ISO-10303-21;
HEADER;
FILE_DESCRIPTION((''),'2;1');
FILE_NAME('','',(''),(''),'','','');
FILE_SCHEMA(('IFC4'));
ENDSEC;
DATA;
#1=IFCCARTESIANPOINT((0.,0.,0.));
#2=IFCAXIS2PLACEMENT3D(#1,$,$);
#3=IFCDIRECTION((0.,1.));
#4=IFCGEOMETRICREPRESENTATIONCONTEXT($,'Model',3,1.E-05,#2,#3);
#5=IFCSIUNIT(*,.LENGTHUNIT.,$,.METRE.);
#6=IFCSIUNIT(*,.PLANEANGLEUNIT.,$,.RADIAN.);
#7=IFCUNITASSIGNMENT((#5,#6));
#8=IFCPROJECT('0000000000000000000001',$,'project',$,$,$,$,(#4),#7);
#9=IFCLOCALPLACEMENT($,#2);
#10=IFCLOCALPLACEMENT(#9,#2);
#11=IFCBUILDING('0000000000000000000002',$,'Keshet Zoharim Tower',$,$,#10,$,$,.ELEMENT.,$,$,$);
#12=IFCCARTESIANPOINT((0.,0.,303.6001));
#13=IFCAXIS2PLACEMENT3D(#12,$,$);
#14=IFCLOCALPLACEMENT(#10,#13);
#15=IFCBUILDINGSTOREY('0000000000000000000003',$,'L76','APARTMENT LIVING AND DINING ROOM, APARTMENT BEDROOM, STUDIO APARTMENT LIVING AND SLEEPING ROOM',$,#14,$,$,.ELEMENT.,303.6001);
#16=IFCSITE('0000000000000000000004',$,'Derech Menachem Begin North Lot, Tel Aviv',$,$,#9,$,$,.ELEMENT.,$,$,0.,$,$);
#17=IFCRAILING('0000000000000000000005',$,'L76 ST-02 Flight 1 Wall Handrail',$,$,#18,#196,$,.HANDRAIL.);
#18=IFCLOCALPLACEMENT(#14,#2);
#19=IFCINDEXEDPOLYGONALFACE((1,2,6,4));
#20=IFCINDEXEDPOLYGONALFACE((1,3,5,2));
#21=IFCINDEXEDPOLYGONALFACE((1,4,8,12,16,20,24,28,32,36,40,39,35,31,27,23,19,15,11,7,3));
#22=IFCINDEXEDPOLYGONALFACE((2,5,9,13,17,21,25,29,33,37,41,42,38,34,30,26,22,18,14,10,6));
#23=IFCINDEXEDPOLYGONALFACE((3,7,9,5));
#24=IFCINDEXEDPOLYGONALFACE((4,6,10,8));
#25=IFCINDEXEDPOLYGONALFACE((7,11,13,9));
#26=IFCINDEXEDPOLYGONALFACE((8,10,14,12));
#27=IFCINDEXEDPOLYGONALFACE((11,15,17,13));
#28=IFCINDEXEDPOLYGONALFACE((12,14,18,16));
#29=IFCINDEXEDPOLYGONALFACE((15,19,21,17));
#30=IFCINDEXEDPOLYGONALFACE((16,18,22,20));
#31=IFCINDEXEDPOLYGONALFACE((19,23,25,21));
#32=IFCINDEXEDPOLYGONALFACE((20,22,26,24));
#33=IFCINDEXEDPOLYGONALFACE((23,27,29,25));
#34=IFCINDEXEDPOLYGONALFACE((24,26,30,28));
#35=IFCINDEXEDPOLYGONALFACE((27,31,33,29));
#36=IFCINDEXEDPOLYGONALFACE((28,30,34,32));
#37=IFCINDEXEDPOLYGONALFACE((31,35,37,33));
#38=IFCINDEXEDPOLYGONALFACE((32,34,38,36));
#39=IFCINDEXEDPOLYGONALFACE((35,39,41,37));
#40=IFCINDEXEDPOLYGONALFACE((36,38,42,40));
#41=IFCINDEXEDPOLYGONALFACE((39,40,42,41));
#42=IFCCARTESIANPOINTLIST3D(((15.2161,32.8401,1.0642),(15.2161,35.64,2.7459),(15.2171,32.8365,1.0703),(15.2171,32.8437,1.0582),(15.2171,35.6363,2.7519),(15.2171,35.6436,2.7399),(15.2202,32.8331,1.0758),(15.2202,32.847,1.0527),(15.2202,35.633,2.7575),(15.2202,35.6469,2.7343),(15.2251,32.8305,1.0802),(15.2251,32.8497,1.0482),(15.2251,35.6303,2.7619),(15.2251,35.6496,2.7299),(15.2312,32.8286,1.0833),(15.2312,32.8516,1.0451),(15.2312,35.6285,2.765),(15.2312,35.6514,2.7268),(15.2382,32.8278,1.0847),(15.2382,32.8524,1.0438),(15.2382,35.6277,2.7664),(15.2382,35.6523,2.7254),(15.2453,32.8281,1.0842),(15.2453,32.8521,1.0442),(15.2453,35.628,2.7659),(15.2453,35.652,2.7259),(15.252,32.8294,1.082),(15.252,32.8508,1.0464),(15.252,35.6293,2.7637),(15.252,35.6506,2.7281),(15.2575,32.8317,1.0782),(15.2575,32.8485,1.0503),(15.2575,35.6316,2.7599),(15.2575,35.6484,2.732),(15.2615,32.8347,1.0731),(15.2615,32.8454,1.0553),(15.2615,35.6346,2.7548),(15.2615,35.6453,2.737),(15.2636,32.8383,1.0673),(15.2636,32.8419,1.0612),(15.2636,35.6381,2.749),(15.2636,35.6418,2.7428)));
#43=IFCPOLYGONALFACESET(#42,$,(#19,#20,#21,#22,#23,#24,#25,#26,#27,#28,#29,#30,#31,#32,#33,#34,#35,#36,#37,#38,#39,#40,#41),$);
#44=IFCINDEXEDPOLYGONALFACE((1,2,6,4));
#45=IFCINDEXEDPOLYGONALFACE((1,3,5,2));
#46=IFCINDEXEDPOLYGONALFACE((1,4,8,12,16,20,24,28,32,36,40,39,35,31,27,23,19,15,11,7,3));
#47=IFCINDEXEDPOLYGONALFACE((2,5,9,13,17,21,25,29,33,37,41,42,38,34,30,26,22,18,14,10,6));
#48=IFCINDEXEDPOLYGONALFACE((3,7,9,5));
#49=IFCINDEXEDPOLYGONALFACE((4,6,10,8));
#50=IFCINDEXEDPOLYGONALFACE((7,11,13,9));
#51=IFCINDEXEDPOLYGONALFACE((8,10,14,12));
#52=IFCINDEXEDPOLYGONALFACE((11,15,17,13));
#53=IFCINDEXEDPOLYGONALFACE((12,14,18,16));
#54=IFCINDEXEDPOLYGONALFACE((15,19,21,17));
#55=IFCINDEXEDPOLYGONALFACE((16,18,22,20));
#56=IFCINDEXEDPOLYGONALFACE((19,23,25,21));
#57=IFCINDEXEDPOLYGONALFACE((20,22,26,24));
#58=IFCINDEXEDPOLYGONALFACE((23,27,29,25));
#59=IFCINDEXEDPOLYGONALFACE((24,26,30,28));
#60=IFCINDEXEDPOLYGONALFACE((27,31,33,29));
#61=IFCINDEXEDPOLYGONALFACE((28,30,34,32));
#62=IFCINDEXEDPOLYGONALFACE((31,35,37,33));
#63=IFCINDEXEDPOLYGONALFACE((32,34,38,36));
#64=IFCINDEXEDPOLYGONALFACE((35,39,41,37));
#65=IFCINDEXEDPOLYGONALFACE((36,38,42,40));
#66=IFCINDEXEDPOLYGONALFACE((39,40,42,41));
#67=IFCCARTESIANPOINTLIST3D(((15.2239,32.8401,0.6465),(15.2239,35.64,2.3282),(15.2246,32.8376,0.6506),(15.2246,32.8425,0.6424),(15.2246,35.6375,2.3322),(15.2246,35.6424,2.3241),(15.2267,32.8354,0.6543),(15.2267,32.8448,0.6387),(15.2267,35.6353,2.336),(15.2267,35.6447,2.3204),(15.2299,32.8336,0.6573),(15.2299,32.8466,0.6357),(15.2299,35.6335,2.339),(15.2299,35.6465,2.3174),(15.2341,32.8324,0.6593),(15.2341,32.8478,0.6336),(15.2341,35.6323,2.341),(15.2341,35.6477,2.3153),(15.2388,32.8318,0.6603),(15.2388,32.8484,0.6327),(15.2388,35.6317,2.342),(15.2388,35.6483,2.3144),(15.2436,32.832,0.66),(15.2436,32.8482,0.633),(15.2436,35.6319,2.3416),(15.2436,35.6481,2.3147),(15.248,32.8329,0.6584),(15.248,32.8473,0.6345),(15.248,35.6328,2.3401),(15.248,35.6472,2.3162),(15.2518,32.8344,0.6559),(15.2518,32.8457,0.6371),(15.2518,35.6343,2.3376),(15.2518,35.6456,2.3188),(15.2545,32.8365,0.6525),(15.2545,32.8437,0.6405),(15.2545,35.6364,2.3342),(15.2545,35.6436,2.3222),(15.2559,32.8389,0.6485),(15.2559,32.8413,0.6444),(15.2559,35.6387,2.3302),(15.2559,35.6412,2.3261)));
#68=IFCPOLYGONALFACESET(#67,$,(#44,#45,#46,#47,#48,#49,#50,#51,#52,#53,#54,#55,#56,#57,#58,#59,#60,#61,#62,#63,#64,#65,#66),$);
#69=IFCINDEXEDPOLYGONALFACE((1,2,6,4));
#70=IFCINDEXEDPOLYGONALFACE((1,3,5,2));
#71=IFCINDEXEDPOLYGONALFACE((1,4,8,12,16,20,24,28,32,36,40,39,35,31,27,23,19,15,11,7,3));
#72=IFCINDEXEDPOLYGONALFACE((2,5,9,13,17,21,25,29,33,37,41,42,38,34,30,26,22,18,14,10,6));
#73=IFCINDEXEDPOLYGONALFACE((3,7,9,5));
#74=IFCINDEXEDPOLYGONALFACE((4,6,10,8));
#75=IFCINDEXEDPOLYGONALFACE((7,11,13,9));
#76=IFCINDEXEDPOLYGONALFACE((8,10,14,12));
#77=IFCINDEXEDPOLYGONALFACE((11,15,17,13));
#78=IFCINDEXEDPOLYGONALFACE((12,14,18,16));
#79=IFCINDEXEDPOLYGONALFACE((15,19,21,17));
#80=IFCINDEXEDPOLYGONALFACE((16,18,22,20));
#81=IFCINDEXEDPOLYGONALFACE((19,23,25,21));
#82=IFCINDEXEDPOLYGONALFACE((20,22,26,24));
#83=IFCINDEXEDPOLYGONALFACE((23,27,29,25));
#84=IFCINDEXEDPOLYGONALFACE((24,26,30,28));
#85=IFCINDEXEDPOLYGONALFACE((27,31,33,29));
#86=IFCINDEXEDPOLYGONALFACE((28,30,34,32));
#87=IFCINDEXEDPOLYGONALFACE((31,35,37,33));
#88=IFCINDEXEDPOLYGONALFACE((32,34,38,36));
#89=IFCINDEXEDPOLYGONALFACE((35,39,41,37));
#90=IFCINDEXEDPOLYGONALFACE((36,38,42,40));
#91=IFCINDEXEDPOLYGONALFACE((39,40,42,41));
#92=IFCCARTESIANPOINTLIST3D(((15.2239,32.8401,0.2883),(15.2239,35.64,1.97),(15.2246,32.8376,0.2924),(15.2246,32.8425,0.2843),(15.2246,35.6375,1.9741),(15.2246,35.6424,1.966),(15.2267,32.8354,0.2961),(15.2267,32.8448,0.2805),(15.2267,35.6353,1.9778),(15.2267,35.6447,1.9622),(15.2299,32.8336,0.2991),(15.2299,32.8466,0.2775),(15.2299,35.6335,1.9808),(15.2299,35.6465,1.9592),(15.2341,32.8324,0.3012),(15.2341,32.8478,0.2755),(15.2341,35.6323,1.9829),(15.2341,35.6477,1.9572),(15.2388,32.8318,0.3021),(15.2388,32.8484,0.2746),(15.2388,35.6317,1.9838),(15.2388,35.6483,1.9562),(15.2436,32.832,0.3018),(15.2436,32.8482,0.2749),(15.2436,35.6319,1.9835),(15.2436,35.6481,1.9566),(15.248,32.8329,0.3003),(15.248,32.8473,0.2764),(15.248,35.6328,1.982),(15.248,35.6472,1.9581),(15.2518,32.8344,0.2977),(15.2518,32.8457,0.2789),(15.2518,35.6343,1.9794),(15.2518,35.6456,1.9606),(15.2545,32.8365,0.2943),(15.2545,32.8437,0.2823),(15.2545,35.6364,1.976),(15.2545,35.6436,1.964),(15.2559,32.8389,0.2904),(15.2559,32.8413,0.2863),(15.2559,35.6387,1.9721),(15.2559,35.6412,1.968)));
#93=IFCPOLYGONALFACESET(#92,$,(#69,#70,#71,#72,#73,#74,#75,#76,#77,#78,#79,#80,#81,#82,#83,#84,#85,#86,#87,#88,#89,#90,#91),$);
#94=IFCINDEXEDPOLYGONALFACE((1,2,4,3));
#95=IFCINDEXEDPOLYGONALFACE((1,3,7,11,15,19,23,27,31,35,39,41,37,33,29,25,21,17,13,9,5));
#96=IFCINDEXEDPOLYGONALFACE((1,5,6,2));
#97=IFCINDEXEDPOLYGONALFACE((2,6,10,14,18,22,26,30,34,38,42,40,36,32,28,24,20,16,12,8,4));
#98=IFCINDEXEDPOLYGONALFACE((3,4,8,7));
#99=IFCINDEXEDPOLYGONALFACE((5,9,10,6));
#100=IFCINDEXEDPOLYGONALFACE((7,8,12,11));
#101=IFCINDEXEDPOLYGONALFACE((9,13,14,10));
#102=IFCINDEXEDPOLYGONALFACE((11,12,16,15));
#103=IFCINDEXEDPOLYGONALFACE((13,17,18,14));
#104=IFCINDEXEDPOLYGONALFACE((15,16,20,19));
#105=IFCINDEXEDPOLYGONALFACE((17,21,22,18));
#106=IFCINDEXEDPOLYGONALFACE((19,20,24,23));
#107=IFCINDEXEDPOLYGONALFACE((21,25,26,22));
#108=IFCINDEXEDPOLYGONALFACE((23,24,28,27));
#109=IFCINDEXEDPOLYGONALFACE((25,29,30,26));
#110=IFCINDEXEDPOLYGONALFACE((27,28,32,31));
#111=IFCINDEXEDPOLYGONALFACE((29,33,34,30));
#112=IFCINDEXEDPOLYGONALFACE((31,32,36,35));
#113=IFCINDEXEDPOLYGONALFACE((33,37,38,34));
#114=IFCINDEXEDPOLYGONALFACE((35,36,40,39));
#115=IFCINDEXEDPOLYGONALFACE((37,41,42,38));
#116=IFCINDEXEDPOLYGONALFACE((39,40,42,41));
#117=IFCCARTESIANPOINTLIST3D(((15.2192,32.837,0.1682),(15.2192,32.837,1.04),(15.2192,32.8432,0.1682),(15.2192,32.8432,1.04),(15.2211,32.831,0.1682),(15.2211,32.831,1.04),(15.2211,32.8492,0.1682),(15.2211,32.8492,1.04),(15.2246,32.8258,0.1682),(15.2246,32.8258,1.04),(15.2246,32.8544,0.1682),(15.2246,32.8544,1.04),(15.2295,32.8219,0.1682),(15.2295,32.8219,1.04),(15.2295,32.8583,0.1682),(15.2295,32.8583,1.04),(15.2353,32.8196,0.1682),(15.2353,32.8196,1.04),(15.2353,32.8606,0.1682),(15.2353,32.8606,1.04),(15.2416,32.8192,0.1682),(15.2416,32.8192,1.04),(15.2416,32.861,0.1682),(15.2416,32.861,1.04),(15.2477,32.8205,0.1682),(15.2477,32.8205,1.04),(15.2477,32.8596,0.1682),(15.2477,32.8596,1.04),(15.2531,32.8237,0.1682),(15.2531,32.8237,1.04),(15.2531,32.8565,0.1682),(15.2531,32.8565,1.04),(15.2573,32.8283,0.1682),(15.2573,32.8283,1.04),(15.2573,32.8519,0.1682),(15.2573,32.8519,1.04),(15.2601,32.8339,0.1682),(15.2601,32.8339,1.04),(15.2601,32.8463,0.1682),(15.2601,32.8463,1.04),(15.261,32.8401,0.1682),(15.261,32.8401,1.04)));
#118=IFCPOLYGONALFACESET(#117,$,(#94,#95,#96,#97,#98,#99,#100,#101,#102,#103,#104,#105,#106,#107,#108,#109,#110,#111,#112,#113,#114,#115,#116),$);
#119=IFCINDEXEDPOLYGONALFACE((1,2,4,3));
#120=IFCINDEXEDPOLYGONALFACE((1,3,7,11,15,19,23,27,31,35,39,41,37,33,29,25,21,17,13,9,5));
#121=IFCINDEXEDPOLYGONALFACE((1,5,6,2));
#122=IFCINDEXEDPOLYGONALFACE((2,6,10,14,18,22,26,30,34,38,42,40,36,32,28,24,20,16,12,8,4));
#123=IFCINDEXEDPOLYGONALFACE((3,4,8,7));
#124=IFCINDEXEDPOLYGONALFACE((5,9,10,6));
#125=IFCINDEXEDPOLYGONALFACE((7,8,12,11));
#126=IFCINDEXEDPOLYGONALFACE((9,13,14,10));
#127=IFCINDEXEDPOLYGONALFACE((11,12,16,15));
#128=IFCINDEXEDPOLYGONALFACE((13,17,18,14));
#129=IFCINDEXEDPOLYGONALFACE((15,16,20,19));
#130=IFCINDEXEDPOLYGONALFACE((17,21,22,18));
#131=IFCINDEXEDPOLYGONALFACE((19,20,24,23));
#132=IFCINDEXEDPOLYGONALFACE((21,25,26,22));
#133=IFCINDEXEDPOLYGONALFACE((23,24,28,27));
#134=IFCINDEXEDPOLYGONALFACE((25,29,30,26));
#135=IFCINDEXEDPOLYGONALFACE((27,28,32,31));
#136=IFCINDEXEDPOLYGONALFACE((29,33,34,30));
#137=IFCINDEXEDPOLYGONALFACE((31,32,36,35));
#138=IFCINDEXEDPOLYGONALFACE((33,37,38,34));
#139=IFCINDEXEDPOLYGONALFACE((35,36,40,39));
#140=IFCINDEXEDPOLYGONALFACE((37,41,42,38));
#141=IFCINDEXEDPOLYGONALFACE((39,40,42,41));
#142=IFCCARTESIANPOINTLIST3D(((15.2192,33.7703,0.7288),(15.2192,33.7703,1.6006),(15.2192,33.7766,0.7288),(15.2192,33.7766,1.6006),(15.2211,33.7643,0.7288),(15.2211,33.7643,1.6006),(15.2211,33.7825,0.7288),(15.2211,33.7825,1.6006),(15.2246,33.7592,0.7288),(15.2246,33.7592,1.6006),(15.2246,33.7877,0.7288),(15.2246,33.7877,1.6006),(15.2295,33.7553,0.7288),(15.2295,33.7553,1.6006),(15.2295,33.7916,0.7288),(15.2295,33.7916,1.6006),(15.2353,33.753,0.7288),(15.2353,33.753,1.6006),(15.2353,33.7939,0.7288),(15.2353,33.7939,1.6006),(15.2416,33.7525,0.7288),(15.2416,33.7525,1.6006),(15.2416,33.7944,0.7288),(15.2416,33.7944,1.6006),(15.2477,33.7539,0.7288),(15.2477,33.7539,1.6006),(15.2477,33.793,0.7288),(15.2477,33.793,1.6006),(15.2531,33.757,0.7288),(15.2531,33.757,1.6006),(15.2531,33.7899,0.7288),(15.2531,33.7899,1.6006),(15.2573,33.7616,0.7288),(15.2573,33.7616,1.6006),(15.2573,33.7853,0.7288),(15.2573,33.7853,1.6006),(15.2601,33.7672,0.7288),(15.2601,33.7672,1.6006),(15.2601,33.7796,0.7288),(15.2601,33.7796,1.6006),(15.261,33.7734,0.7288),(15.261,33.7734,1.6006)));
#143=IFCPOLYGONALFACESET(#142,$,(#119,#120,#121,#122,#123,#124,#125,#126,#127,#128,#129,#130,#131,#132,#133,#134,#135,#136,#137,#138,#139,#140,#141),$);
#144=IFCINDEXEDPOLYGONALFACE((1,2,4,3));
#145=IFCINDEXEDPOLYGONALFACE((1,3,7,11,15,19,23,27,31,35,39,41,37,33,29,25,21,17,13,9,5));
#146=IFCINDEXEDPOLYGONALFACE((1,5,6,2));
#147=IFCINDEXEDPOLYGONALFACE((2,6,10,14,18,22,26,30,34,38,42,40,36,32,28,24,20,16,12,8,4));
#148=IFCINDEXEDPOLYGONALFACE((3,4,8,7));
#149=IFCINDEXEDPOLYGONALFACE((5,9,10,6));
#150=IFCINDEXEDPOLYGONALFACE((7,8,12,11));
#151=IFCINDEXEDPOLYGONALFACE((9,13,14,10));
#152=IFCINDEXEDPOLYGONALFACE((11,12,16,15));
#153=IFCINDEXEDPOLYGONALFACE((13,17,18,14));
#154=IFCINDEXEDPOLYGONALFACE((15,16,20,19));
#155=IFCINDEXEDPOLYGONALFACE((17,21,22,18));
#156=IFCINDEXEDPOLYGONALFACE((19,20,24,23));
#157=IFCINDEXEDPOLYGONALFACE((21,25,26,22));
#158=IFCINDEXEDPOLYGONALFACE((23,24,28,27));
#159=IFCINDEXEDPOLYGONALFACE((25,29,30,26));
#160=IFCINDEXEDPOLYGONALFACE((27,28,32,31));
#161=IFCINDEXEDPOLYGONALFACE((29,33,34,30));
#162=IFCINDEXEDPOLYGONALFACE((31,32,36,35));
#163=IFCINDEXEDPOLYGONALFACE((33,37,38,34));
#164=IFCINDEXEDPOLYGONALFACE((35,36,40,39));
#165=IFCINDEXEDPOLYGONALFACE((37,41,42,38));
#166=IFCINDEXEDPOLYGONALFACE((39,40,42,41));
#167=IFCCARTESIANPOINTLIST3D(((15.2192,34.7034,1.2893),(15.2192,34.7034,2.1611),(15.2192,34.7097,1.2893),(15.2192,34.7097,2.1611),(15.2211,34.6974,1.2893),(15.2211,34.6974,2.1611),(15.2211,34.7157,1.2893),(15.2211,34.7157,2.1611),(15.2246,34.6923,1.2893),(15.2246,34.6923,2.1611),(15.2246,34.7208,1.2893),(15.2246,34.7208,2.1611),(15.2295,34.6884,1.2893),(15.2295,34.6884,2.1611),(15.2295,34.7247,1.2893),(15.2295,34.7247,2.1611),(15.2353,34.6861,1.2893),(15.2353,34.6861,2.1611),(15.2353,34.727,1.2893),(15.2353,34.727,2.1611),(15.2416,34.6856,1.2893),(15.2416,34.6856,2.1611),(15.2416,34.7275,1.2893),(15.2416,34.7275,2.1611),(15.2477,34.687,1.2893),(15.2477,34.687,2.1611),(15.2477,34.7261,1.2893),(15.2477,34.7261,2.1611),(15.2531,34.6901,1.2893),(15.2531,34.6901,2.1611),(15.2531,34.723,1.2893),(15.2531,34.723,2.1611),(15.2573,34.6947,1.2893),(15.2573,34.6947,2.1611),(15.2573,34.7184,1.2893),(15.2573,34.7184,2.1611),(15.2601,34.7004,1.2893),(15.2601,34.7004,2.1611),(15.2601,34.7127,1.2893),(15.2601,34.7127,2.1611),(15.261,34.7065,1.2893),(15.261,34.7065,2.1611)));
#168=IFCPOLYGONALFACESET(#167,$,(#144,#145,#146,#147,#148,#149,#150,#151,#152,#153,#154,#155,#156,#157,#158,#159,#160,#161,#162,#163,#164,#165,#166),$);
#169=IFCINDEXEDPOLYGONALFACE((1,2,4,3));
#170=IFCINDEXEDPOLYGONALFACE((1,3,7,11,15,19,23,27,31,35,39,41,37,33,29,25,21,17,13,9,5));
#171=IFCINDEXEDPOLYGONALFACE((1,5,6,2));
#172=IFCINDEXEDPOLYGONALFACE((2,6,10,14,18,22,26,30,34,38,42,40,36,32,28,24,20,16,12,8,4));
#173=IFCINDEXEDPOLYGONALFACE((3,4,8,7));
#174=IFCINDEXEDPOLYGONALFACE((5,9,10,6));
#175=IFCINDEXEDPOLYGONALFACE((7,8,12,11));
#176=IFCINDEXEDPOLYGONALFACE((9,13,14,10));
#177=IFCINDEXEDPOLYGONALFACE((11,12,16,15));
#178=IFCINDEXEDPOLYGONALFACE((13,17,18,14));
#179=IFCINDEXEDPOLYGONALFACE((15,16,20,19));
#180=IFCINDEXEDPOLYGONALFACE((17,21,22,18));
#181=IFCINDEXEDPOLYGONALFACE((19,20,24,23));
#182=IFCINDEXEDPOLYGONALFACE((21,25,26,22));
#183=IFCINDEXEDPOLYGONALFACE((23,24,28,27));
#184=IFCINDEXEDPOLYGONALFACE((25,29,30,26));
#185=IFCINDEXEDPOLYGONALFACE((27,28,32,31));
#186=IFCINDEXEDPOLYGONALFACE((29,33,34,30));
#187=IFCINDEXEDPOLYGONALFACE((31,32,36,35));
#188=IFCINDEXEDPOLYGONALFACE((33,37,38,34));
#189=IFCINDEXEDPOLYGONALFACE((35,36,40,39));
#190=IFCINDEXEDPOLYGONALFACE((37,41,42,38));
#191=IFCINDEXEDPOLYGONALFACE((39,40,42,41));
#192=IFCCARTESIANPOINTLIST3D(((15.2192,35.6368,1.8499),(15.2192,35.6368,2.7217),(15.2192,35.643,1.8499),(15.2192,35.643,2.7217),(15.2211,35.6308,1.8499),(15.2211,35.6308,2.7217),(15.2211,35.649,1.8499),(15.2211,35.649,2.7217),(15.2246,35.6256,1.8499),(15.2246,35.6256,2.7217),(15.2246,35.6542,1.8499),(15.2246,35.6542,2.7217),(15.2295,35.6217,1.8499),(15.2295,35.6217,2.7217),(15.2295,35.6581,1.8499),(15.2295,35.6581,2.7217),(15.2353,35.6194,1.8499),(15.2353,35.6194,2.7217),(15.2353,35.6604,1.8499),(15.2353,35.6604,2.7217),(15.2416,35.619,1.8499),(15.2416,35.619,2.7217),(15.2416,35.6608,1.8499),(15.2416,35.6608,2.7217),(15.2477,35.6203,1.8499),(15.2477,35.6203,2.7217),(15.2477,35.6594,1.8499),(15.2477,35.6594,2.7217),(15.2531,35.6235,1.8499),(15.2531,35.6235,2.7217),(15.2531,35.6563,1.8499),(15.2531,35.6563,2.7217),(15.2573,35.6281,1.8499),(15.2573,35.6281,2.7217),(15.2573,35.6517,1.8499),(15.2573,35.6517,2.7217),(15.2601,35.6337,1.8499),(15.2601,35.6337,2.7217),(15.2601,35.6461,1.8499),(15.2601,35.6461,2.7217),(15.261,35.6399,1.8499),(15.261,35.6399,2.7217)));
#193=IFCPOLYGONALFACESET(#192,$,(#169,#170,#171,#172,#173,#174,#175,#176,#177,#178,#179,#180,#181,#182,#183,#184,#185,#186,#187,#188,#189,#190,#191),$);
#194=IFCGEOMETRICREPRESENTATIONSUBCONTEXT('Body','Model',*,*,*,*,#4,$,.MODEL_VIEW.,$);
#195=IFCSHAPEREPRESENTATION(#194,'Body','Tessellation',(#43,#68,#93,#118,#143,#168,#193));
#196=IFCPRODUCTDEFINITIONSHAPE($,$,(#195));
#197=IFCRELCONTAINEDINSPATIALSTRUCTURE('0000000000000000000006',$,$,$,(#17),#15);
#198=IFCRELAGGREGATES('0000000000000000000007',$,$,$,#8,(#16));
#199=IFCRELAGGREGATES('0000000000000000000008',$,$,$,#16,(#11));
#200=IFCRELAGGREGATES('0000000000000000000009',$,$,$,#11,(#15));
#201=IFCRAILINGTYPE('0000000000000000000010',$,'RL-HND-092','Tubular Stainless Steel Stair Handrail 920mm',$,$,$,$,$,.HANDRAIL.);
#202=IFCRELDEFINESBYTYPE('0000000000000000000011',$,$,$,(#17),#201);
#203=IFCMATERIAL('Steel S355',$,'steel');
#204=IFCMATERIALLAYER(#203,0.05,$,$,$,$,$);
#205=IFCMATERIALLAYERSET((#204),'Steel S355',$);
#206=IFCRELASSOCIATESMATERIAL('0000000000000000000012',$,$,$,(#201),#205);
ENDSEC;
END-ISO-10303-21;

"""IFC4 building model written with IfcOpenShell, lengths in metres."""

from ifc_helpers import new_model, si_unit, direction, frame, origin, origin_2d, place, context, subcontext, project, spatial, circle, extrude, material, layer, layer_set, type_object, element, save


model = new_model("IFC4")

# Units and contexts
model_context = context("Model", 3, precision=1e-05, world=origin(), true_north=direction((0.0, 1.0)))
body_context = subcontext(model_context, "Body", "Model", "MODEL_VIEW")
ifc_project = project(units=[si_unit("LENGTHUNIT", "METRE"), si_unit("PLANEANGLEUNIT", "RADIAN")], contexts=[model_context])

# Site, building, storey
site_placement = place(None, origin())
site = spatial("IfcSite", under=ifc_project, at=site_placement, Name="Derech Menachem Begin North Lot, Tel Aviv", CompositionType="ELEMENT", RefElevation=0.0)
building_placement = place(site_placement, origin())
building = spatial("IfcBuilding", under=site, at=building_placement, Name="Keshet Zoharim Tower", CompositionType="ELEMENT")
storey_placement = place(building_placement, frame((0.0, 0.0, 303.6001)))
storey = spatial("IfcBuildingStorey", under=building, at=storey_placement, Name="L76", Description="APARTMENT LIVING AND DINING ROOM, APARTMENT BEDROOM, STUDIO APARTMENT LIVING AND SLEEPING ROOM", CompositionType="ELEMENT", Elevation=303.6001)

# Shared definitions
ifc_material_1 = material(Name="Steel S355", Category="steel")

# Railing
ifc_layer_1 = layer(ifc_material_1, 0.05)
ifc_layer_set_1 = layer_set([ifc_layer_1], Name="Steel S355")
railing_type_1 = type_object("IfcRailingType", Name="RL-HND-092", Description="Tubular Stainless Steel Stair Handrail 920mm", PredefinedType="HANDRAIL", material=ifc_layer_set_1)
railing_1_placement = place(storey_placement, frame((15.24, 32.8401, 0.1682)))
element("IfcRailing", 1, at=railing_1_placement, inside=storey, type_object=railing_type_1, Name="L76 ST-02 Flight 1 Wall Handrail", PredefinedType="HANDRAIL", context=body_context, shape_type="SweptSolid", body=[
    extrude(circle(Radius=0.0239, at=origin_2d()), frame((0.0, 0.0, 0.896), z_axis=(0.0, 0.857255, 0.514891), x_axis=(-1.0, 0.0, 0.0)), (0.0, 0.0, 1.0), 3.2661),
    extrude(circle(Radius=0.0161, at=origin_2d()), frame((0.0, 0.0, 0.4783), z_axis=(0.0, 0.857255, 0.514891), x_axis=(-1.0, 0.0, 0.0)), (0.0, 0.0, 1.0), 3.2661),
    extrude(circle(Radius=0.0161, at=origin_2d()), frame((0.0, 0.0, 0.1201), z_axis=(0.0, 0.857255, 0.514891), x_axis=(-1.0, 0.0, 0.0)), (0.0, 0.0, 1.0), 3.2661),
    extrude(circle(Radius=0.021, at=origin_2d()), origin(), (0.0, 0.0, 1.0), 0.8718),
    extrude(circle(Radius=0.021, at=origin_2d()), frame((0.0, 0.9333, 0.5605)), (0.0, 0.0, 1.0), 0.8718),
    extrude(circle(Radius=0.021, at=origin_2d()), frame((0.0, 1.8665, 1.1211)), (0.0, 0.0, 1.0), 0.8718),
    extrude(circle(Radius=0.021, at=origin_2d()), frame((0.0, 2.7998, 1.6816)), (0.0, 0.0, 1.0), 0.8718),
])

save(model, "model.ifc")
